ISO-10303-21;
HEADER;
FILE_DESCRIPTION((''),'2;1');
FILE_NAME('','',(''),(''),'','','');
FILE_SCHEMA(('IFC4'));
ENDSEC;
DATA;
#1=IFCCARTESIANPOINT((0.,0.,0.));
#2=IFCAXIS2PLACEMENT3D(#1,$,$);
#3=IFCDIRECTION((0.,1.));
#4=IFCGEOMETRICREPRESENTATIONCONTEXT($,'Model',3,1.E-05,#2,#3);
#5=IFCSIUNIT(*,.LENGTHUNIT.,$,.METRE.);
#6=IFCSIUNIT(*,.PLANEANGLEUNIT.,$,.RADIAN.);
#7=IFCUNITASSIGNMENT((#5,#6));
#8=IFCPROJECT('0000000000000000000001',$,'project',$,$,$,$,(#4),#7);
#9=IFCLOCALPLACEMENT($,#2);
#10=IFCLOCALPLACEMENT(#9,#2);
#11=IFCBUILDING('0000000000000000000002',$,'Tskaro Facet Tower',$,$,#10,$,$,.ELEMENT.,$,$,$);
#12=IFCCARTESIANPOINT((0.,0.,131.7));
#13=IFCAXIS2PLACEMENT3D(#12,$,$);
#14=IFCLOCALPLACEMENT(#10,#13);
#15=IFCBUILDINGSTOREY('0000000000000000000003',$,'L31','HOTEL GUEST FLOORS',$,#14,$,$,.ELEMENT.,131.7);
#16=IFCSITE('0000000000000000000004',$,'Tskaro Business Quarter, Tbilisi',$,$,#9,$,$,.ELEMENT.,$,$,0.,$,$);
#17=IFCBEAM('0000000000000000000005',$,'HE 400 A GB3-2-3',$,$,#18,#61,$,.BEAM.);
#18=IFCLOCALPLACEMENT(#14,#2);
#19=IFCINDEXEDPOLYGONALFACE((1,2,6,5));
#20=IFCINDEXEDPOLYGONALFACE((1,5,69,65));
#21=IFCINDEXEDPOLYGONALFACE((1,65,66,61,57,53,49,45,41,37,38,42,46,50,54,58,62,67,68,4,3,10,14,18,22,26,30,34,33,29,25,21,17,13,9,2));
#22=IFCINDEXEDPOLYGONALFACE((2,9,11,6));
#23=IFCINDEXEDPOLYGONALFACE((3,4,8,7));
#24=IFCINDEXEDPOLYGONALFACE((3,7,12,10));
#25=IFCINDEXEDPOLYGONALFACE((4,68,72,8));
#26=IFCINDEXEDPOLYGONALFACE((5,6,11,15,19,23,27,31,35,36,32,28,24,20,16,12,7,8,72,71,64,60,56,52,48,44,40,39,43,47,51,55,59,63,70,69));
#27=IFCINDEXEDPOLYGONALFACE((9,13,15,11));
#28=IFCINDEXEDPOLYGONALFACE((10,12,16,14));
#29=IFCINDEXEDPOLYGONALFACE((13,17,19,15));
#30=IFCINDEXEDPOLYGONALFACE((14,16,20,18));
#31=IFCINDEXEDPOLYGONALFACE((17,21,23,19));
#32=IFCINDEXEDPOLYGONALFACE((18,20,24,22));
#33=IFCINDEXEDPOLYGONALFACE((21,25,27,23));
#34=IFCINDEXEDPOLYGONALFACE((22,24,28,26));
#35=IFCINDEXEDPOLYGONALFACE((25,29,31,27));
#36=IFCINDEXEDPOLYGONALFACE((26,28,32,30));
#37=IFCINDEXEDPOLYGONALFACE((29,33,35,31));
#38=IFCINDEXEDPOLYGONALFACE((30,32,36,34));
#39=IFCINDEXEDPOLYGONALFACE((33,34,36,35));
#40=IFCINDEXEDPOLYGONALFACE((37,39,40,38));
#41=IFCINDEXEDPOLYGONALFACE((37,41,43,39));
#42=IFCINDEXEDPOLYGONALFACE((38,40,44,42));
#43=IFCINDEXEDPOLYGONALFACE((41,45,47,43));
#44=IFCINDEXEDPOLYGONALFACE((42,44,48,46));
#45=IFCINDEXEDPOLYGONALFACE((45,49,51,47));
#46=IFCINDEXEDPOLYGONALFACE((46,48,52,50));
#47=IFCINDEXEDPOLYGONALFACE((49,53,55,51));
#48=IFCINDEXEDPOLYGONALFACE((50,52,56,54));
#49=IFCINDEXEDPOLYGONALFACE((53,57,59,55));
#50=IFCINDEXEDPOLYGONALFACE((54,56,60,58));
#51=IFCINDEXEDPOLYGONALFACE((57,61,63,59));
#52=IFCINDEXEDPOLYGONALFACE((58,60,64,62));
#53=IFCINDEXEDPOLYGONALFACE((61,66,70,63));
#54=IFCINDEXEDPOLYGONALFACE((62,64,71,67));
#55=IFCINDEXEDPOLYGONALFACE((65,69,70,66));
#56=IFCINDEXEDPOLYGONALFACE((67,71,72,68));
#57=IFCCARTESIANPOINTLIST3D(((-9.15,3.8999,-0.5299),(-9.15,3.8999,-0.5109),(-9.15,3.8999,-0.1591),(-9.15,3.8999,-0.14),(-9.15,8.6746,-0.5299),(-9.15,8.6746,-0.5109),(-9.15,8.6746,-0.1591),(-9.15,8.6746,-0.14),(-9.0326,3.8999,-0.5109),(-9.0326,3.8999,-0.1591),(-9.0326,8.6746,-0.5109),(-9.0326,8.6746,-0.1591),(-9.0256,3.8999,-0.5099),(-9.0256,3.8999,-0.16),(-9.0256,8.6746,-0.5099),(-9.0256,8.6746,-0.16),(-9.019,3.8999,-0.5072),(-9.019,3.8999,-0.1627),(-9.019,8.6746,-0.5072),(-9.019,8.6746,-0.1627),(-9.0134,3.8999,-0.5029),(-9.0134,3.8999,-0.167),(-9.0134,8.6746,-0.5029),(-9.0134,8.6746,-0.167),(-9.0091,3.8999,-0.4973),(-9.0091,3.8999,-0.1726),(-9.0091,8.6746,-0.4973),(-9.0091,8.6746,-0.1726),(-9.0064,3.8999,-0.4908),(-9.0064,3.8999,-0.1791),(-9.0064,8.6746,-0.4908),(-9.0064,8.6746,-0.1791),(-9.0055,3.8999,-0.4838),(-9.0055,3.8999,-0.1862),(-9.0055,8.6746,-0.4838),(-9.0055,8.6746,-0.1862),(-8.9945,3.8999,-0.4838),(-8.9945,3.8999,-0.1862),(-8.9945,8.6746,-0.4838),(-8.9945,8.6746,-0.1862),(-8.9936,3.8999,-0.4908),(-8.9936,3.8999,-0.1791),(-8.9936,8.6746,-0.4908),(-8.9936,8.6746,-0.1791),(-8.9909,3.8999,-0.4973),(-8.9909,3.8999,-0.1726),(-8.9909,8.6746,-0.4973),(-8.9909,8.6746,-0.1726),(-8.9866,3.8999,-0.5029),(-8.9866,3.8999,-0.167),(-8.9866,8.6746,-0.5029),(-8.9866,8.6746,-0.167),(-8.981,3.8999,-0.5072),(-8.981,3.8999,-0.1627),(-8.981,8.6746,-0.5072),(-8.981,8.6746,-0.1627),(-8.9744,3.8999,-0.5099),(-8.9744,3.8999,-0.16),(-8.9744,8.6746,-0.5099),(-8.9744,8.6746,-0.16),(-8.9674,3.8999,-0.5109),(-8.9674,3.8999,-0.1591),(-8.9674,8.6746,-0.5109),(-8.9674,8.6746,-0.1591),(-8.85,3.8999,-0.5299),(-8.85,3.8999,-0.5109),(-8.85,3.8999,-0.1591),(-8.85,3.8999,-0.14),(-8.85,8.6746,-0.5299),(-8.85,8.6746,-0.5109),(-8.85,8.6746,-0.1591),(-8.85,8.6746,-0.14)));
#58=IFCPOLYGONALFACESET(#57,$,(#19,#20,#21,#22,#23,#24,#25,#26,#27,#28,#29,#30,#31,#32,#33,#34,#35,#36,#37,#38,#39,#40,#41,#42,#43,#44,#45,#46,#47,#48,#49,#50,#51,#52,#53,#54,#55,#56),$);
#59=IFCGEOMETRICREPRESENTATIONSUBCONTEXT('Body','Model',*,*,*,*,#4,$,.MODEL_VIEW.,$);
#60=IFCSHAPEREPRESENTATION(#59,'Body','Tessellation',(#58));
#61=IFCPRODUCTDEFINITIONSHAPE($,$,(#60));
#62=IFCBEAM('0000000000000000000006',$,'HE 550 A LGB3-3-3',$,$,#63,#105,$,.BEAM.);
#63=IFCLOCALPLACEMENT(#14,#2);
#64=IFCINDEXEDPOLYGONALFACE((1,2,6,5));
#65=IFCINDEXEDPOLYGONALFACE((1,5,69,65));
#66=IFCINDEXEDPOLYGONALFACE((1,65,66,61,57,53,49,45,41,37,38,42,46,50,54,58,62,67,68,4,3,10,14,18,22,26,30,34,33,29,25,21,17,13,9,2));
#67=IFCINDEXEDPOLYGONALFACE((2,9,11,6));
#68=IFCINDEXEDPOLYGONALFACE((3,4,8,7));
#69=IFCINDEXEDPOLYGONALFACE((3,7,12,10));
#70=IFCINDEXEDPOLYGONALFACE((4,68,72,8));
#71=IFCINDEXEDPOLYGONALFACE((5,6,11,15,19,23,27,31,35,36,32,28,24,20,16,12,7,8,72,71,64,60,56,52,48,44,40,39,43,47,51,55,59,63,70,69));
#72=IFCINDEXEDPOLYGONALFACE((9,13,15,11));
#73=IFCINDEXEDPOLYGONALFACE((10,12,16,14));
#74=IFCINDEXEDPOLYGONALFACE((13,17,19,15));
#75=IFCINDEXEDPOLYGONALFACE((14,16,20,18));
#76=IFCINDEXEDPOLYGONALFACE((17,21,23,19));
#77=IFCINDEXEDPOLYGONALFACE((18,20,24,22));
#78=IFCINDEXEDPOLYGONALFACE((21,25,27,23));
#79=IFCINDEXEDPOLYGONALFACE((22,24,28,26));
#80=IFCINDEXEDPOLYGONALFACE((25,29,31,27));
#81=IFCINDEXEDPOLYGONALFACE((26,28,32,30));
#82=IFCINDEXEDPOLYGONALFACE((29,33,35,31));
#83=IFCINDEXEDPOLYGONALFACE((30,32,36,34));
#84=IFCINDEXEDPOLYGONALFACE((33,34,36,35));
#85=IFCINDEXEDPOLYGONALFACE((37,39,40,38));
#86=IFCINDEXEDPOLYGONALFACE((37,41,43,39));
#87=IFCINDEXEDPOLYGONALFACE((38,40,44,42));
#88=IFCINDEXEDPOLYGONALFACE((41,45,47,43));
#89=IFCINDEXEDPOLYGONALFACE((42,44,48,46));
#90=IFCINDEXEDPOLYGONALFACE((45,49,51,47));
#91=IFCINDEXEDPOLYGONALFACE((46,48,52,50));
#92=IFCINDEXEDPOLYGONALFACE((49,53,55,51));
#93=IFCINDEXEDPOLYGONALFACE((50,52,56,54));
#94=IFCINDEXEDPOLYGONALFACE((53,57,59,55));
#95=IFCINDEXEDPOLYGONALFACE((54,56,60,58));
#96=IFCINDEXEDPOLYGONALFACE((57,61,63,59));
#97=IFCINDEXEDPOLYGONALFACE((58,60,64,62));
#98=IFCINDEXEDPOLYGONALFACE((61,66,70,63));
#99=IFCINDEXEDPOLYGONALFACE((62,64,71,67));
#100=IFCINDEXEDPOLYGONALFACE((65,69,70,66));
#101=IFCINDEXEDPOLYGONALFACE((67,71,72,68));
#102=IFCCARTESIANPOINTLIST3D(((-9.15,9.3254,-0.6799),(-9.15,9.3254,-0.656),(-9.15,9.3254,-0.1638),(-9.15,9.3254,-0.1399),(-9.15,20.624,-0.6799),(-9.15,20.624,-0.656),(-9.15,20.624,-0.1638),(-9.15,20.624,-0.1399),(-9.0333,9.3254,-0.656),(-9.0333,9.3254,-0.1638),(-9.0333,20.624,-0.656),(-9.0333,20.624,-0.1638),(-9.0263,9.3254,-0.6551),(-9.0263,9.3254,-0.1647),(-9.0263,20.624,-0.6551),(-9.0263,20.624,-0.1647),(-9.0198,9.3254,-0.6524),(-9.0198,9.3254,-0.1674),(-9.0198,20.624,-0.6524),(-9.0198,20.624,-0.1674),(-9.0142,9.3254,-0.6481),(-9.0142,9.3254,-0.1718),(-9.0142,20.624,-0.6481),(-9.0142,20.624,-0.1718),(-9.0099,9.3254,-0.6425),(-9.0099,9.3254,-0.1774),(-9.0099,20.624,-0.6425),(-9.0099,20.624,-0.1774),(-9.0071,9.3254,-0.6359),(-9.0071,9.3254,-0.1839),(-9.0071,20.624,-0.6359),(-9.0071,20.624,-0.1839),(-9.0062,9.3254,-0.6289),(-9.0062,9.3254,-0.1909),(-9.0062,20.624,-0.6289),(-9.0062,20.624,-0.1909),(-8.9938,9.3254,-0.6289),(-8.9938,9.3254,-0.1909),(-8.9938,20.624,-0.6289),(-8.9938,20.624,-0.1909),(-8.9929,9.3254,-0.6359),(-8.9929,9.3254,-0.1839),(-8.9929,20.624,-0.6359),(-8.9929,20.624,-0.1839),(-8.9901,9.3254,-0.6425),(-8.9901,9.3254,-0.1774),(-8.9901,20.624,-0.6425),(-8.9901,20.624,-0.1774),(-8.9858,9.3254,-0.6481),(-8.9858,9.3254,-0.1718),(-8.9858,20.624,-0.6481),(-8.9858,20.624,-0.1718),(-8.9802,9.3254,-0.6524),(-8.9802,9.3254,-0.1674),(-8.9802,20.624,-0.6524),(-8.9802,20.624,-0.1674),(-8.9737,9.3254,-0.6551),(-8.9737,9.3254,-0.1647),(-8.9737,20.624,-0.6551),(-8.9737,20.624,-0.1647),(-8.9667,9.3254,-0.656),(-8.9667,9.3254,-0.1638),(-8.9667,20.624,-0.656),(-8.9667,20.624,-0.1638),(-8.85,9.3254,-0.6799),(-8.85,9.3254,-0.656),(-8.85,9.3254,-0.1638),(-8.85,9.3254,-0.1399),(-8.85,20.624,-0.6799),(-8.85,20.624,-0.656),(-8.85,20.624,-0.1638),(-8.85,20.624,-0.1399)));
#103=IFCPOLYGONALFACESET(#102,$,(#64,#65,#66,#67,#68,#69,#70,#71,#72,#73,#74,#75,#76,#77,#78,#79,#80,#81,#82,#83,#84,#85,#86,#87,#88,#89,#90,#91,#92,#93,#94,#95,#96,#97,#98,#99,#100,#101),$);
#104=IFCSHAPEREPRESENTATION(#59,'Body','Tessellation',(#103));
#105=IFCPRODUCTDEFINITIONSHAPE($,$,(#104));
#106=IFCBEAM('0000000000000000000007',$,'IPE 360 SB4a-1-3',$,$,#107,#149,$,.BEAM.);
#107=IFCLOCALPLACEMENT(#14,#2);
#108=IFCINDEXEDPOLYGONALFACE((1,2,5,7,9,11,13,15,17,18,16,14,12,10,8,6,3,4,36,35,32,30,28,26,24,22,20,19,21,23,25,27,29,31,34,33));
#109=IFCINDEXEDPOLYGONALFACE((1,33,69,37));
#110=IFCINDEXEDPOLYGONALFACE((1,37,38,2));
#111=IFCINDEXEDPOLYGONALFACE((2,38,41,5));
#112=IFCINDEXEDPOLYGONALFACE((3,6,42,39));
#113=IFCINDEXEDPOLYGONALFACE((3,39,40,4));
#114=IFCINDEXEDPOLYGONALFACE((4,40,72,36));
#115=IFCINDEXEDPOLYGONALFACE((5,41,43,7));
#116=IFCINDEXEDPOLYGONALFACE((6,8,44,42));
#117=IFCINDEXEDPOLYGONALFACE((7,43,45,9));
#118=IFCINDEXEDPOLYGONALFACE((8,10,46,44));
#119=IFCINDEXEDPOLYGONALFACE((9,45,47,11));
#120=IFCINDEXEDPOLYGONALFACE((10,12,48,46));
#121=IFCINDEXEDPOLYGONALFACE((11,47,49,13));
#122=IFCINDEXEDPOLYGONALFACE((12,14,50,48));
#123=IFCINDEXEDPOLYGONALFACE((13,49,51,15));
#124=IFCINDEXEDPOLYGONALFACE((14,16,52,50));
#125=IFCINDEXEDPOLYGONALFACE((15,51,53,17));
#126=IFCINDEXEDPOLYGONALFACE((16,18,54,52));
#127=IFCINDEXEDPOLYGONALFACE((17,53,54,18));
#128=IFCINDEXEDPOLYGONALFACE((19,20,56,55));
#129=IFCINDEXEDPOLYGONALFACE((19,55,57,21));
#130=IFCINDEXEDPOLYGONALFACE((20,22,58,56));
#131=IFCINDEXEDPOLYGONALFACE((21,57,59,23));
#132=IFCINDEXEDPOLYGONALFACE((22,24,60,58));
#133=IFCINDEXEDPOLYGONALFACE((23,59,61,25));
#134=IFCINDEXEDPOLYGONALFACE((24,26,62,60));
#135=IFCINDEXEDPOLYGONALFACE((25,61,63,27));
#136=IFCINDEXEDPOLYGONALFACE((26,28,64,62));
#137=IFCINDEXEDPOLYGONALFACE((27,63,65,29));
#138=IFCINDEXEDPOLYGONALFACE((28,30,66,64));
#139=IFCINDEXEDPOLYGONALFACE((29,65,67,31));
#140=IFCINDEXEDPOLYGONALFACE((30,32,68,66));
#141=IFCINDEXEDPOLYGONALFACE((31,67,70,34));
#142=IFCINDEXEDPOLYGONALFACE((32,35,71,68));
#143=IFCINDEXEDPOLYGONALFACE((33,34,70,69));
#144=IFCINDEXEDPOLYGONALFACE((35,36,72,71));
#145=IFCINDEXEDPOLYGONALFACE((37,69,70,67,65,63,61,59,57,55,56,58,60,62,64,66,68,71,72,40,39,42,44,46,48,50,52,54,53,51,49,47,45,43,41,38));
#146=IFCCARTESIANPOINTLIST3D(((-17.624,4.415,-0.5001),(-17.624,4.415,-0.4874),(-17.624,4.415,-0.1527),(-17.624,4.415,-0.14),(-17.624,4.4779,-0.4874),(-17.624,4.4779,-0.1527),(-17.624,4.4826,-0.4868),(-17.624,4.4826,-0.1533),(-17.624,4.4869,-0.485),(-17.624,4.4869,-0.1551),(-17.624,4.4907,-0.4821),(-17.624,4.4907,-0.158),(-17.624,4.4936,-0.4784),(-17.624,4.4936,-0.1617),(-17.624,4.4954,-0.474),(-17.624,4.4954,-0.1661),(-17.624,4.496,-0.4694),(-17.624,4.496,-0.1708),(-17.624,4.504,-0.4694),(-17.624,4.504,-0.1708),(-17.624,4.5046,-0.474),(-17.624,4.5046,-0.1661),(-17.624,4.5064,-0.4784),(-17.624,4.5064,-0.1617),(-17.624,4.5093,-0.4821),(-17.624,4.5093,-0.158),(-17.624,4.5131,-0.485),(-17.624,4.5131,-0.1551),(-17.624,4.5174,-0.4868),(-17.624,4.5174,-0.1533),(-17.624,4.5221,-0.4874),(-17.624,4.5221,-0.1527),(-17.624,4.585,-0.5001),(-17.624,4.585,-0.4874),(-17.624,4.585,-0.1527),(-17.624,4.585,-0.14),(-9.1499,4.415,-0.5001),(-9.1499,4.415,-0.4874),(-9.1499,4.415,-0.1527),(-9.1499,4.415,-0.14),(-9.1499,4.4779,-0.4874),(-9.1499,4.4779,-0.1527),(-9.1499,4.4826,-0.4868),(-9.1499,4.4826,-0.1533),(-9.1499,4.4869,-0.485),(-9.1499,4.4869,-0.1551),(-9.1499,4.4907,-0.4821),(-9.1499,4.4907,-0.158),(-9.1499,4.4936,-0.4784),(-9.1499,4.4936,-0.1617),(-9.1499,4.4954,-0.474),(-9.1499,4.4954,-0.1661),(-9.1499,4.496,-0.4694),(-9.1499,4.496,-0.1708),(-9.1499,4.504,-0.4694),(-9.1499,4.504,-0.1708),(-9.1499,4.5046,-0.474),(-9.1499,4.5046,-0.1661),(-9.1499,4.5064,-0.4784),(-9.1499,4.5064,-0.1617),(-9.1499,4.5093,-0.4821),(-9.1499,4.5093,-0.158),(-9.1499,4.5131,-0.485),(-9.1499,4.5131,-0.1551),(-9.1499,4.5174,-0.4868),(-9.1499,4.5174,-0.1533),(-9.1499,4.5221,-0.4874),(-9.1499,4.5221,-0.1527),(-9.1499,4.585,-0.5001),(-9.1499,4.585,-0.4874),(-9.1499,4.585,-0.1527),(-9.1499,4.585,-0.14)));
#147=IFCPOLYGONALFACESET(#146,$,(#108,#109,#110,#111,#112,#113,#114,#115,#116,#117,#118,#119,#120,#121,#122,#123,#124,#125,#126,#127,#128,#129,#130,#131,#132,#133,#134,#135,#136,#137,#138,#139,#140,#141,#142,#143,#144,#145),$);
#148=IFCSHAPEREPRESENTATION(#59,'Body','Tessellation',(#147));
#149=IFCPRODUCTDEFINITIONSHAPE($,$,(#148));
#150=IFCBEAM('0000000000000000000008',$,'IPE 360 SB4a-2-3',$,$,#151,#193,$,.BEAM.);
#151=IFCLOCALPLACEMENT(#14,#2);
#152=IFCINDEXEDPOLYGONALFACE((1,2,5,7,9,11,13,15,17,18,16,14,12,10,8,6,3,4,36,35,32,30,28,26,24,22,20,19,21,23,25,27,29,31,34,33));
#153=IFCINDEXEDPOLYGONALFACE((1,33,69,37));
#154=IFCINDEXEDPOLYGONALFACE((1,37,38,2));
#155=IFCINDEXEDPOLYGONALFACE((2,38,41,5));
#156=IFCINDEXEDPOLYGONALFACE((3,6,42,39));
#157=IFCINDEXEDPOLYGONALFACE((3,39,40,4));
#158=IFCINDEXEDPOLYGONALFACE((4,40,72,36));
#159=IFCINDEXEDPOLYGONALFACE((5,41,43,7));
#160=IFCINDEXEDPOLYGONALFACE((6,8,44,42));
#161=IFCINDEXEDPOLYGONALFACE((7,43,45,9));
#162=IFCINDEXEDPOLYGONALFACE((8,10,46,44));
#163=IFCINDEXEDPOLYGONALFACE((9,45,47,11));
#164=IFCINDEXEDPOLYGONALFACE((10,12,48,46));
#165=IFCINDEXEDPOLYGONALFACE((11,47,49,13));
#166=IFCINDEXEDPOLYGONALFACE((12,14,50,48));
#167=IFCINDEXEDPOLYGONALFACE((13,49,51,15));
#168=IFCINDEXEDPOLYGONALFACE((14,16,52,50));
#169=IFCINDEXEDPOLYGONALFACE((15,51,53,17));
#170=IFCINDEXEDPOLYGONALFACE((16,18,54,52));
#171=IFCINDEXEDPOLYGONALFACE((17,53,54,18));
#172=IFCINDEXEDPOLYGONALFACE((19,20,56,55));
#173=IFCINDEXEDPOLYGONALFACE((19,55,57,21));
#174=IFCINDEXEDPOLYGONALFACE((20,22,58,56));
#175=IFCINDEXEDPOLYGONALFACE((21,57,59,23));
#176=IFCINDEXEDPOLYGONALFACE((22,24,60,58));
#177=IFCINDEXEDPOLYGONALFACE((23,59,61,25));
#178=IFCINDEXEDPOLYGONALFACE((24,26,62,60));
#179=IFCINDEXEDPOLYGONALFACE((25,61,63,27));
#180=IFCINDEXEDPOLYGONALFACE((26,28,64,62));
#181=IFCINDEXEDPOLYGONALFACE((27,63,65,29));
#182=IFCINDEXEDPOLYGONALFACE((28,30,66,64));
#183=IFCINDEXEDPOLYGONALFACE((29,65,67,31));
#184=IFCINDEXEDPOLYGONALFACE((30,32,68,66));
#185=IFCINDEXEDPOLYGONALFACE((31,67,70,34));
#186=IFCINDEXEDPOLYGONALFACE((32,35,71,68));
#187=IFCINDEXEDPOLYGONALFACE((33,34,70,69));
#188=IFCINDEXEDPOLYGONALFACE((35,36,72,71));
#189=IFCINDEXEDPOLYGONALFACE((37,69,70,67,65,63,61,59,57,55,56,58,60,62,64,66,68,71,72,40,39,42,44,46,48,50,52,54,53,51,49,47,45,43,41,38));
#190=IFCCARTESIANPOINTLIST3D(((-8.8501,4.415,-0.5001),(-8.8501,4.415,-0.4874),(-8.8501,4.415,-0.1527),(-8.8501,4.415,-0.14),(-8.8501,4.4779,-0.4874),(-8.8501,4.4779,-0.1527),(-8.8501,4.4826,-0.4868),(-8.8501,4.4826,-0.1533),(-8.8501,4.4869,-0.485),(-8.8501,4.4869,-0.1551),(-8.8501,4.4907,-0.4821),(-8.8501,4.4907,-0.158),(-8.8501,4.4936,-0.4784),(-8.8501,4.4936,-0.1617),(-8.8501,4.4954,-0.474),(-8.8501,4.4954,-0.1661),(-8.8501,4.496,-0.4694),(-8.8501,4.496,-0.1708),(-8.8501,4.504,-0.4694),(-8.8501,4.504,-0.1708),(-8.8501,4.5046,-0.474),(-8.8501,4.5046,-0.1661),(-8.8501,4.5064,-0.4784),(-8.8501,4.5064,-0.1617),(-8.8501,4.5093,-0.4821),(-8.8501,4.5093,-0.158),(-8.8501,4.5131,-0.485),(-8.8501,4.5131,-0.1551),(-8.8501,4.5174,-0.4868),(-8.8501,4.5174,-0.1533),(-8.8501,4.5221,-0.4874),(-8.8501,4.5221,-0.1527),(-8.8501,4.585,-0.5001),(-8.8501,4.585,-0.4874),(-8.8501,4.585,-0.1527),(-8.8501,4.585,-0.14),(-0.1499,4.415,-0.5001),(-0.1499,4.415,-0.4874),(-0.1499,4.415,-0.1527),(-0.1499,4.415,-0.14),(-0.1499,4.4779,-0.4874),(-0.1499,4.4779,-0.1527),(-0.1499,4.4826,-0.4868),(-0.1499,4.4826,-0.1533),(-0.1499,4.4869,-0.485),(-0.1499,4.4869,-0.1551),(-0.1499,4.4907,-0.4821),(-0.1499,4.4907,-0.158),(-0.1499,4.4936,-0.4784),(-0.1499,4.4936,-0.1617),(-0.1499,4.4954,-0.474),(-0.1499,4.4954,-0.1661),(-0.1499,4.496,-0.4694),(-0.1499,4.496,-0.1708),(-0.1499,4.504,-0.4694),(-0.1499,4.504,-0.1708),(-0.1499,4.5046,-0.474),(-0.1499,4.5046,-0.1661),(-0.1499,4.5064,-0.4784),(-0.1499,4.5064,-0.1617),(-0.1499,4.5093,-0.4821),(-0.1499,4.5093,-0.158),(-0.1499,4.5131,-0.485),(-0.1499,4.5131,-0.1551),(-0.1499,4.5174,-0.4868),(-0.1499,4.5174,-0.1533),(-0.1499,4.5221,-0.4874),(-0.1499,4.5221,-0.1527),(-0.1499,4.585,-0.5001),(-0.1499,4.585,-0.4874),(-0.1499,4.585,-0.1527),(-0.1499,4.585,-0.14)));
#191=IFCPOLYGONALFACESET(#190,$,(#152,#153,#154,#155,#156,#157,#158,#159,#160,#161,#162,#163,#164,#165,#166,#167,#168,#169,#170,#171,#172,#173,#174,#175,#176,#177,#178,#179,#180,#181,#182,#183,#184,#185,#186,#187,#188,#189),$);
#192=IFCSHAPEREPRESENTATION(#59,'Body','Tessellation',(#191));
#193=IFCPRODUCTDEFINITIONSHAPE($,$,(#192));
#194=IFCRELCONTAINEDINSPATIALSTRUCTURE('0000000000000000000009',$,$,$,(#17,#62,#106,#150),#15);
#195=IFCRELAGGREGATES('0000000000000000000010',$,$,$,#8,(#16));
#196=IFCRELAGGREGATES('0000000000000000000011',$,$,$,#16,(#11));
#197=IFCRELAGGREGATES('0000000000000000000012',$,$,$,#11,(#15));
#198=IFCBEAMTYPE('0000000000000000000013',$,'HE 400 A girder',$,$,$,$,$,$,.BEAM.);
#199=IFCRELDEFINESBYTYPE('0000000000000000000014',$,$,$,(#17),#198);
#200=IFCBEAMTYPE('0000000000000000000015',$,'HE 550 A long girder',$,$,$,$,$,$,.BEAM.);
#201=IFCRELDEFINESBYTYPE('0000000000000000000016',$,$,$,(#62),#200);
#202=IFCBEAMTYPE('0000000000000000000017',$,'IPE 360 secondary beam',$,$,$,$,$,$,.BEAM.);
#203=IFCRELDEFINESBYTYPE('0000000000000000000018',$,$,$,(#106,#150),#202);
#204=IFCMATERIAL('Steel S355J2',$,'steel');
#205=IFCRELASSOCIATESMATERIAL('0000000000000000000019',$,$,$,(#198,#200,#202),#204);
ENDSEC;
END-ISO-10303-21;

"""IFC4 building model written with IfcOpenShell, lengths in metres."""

from ifc_helpers import new_model, si_unit, direction, frame, origin, origin_2d, place, context, subcontext, project, spatial, i_section, extrude, material, material_profile, profile_set, type_object, element, save


model = new_model("IFC4")

# Units and contexts
model_context = context("Model", 3, precision=1e-05, world=origin(), true_north=direction((0.0, 1.0)))
body_context = subcontext(model_context, "Body", "Model", "MODEL_VIEW")
ifc_project = project(units=[si_unit("LENGTHUNIT", "METRE"), si_unit("PLANEANGLEUNIT", "RADIAN")], contexts=[model_context])

# Site, building, storey
site_placement = place(None, origin())
site = spatial("IfcSite", under=ifc_project, at=site_placement, Name="Tskaro Business Quarter, Tbilisi", CompositionType="ELEMENT", RefElevation=0.0)
building_placement = place(site_placement, origin())
building = spatial("IfcBuilding", under=site, at=building_placement, Name="Tskaro Facet Tower", CompositionType="ELEMENT")
storey_placement = place(building_placement, frame((0.0, 0.0, 131.7)))
storey = spatial("IfcBuildingStorey", under=building, at=storey_placement, Name="L31", Description="HOTEL GUEST FLOORS", CompositionType="ELEMENT", Elevation=131.7)

# Beams
ifc_material_1 = material(Name="Steel S355J2", Category="steel")
ifc_material_profile_1 = material_profile(ifc_material_1, i_section(OverallWidth=0.3, OverallDepth=0.3899, WebThickness=0.011, FlangeThickness=0.019, FilletRadius=0.0271, at=origin_2d()), Name="HE 400 A")
ifc_profile_set_1 = profile_set([ifc_material_profile_1], Name="Steel S355J2")
beam_type_1 = type_object("IfcBeamType", Name="HE 400 A girder", PredefinedType="BEAM", material=ifc_profile_set_1)
beam_1_placement = place(storey_placement, frame((-9.0, 3.8999, -0.335), z_axis=(0.0, 1.0, 0.0), x_axis=(-1.0, 0.0, 0.0)))
element("IfcBeam", 1, at=beam_1_placement, inside=storey, type_object=beam_type_1, Name="HE 400 A GB3-2-3", PredefinedType="BEAM", context=body_context, shape_type="SweptSolid", body=[
    extrude(i_section(OverallWidth=0.3, OverallDepth=0.3899, WebThickness=0.011, FlangeThickness=0.019, FilletRadius=0.0271, at=origin_2d()), origin(), (0.0, 0.0, 1.0), 4.7747),
])
ifc_material_profile_2 = material_profile(ifc_material_1, i_section(OverallWidth=0.3, OverallDepth=0.54, WebThickness=0.0125, FlangeThickness=0.0239, FilletRadius=0.0271, at=origin_2d()), Name="HE 550 A")
ifc_profile_set_2 = profile_set([ifc_material_profile_2], Name="Steel S355J2")
beam_type_2 = type_object("IfcBeamType", Name="HE 550 A long girder", PredefinedType="BEAM", material=ifc_profile_set_2)
beam_2_placement = place(storey_placement, frame((-9.0, 9.3254, -0.4099), z_axis=(0.0, 1.0, 0.0), x_axis=(-1.0, 0.0, 0.0)))
element("IfcBeam", 2, at=beam_2_placement, inside=storey, type_object=beam_type_2, Name="HE 550 A LGB3-3-3", PredefinedType="BEAM", context=body_context, shape_type="SweptSolid", body=[
    extrude(i_section(OverallWidth=0.3, OverallDepth=0.54, WebThickness=0.0125, FlangeThickness=0.0239, FilletRadius=0.0271, at=origin_2d()), origin(), (0.0, 0.0, 1.0), 11.2986),
])
ifc_material_profile_3 = material_profile(ifc_material_1, i_section(OverallWidth=0.1699, OverallDepth=0.3601, WebThickness=0.0081, FlangeThickness=0.0127, FilletRadius=0.0181, at=origin_2d()), Name="IPE 360")
ifc_profile_set_3 = profile_set([ifc_material_profile_3], Name="Steel S355J2")
beam_type_3 = type_object("IfcBeamType", Name="IPE 360 secondary beam", PredefinedType="BEAM", material=ifc_profile_set_3)
beam_3_placement = place(storey_placement, frame((-17.624, 4.5, -0.3201), z_axis=(1.0, 0.0, 0.0), x_axis=(0.0, 1.0, 0.0)))
element("IfcBeam", 3, at=beam_3_placement, inside=storey, type_object=beam_type_3, Name="IPE 360 SB4a-1-3", PredefinedType="BEAM", context=body_context, shape_type="SweptSolid", body=[
    extrude(i_section(OverallWidth=0.1699, OverallDepth=0.3601, WebThickness=0.0081, FlangeThickness=0.0127, FilletRadius=0.0181, at=origin_2d()), origin(), (0.0, 0.0, 1.0), 8.4741),
])
beam_4_placement = place(storey_placement, frame((-8.8501, 4.5, -0.3201), z_axis=(1.0, 0.0, 0.0), x_axis=(0.0, 1.0, 0.0)))
element("IfcBeam", 4, at=beam_4_placement, inside=storey, type_object=beam_type_3, Name="IPE 360 SB4a-2-3", PredefinedType="BEAM", context=body_context, shape_type="SweptSolid", body=[
    extrude(i_section(OverallWidth=0.1699, OverallDepth=0.3601, WebThickness=0.0081, FlangeThickness=0.0127, FilletRadius=0.0181, at=origin_2d()), origin(), (0.0, 0.0, 1.0), 8.7002),
])

save(model, "model.ifc")
